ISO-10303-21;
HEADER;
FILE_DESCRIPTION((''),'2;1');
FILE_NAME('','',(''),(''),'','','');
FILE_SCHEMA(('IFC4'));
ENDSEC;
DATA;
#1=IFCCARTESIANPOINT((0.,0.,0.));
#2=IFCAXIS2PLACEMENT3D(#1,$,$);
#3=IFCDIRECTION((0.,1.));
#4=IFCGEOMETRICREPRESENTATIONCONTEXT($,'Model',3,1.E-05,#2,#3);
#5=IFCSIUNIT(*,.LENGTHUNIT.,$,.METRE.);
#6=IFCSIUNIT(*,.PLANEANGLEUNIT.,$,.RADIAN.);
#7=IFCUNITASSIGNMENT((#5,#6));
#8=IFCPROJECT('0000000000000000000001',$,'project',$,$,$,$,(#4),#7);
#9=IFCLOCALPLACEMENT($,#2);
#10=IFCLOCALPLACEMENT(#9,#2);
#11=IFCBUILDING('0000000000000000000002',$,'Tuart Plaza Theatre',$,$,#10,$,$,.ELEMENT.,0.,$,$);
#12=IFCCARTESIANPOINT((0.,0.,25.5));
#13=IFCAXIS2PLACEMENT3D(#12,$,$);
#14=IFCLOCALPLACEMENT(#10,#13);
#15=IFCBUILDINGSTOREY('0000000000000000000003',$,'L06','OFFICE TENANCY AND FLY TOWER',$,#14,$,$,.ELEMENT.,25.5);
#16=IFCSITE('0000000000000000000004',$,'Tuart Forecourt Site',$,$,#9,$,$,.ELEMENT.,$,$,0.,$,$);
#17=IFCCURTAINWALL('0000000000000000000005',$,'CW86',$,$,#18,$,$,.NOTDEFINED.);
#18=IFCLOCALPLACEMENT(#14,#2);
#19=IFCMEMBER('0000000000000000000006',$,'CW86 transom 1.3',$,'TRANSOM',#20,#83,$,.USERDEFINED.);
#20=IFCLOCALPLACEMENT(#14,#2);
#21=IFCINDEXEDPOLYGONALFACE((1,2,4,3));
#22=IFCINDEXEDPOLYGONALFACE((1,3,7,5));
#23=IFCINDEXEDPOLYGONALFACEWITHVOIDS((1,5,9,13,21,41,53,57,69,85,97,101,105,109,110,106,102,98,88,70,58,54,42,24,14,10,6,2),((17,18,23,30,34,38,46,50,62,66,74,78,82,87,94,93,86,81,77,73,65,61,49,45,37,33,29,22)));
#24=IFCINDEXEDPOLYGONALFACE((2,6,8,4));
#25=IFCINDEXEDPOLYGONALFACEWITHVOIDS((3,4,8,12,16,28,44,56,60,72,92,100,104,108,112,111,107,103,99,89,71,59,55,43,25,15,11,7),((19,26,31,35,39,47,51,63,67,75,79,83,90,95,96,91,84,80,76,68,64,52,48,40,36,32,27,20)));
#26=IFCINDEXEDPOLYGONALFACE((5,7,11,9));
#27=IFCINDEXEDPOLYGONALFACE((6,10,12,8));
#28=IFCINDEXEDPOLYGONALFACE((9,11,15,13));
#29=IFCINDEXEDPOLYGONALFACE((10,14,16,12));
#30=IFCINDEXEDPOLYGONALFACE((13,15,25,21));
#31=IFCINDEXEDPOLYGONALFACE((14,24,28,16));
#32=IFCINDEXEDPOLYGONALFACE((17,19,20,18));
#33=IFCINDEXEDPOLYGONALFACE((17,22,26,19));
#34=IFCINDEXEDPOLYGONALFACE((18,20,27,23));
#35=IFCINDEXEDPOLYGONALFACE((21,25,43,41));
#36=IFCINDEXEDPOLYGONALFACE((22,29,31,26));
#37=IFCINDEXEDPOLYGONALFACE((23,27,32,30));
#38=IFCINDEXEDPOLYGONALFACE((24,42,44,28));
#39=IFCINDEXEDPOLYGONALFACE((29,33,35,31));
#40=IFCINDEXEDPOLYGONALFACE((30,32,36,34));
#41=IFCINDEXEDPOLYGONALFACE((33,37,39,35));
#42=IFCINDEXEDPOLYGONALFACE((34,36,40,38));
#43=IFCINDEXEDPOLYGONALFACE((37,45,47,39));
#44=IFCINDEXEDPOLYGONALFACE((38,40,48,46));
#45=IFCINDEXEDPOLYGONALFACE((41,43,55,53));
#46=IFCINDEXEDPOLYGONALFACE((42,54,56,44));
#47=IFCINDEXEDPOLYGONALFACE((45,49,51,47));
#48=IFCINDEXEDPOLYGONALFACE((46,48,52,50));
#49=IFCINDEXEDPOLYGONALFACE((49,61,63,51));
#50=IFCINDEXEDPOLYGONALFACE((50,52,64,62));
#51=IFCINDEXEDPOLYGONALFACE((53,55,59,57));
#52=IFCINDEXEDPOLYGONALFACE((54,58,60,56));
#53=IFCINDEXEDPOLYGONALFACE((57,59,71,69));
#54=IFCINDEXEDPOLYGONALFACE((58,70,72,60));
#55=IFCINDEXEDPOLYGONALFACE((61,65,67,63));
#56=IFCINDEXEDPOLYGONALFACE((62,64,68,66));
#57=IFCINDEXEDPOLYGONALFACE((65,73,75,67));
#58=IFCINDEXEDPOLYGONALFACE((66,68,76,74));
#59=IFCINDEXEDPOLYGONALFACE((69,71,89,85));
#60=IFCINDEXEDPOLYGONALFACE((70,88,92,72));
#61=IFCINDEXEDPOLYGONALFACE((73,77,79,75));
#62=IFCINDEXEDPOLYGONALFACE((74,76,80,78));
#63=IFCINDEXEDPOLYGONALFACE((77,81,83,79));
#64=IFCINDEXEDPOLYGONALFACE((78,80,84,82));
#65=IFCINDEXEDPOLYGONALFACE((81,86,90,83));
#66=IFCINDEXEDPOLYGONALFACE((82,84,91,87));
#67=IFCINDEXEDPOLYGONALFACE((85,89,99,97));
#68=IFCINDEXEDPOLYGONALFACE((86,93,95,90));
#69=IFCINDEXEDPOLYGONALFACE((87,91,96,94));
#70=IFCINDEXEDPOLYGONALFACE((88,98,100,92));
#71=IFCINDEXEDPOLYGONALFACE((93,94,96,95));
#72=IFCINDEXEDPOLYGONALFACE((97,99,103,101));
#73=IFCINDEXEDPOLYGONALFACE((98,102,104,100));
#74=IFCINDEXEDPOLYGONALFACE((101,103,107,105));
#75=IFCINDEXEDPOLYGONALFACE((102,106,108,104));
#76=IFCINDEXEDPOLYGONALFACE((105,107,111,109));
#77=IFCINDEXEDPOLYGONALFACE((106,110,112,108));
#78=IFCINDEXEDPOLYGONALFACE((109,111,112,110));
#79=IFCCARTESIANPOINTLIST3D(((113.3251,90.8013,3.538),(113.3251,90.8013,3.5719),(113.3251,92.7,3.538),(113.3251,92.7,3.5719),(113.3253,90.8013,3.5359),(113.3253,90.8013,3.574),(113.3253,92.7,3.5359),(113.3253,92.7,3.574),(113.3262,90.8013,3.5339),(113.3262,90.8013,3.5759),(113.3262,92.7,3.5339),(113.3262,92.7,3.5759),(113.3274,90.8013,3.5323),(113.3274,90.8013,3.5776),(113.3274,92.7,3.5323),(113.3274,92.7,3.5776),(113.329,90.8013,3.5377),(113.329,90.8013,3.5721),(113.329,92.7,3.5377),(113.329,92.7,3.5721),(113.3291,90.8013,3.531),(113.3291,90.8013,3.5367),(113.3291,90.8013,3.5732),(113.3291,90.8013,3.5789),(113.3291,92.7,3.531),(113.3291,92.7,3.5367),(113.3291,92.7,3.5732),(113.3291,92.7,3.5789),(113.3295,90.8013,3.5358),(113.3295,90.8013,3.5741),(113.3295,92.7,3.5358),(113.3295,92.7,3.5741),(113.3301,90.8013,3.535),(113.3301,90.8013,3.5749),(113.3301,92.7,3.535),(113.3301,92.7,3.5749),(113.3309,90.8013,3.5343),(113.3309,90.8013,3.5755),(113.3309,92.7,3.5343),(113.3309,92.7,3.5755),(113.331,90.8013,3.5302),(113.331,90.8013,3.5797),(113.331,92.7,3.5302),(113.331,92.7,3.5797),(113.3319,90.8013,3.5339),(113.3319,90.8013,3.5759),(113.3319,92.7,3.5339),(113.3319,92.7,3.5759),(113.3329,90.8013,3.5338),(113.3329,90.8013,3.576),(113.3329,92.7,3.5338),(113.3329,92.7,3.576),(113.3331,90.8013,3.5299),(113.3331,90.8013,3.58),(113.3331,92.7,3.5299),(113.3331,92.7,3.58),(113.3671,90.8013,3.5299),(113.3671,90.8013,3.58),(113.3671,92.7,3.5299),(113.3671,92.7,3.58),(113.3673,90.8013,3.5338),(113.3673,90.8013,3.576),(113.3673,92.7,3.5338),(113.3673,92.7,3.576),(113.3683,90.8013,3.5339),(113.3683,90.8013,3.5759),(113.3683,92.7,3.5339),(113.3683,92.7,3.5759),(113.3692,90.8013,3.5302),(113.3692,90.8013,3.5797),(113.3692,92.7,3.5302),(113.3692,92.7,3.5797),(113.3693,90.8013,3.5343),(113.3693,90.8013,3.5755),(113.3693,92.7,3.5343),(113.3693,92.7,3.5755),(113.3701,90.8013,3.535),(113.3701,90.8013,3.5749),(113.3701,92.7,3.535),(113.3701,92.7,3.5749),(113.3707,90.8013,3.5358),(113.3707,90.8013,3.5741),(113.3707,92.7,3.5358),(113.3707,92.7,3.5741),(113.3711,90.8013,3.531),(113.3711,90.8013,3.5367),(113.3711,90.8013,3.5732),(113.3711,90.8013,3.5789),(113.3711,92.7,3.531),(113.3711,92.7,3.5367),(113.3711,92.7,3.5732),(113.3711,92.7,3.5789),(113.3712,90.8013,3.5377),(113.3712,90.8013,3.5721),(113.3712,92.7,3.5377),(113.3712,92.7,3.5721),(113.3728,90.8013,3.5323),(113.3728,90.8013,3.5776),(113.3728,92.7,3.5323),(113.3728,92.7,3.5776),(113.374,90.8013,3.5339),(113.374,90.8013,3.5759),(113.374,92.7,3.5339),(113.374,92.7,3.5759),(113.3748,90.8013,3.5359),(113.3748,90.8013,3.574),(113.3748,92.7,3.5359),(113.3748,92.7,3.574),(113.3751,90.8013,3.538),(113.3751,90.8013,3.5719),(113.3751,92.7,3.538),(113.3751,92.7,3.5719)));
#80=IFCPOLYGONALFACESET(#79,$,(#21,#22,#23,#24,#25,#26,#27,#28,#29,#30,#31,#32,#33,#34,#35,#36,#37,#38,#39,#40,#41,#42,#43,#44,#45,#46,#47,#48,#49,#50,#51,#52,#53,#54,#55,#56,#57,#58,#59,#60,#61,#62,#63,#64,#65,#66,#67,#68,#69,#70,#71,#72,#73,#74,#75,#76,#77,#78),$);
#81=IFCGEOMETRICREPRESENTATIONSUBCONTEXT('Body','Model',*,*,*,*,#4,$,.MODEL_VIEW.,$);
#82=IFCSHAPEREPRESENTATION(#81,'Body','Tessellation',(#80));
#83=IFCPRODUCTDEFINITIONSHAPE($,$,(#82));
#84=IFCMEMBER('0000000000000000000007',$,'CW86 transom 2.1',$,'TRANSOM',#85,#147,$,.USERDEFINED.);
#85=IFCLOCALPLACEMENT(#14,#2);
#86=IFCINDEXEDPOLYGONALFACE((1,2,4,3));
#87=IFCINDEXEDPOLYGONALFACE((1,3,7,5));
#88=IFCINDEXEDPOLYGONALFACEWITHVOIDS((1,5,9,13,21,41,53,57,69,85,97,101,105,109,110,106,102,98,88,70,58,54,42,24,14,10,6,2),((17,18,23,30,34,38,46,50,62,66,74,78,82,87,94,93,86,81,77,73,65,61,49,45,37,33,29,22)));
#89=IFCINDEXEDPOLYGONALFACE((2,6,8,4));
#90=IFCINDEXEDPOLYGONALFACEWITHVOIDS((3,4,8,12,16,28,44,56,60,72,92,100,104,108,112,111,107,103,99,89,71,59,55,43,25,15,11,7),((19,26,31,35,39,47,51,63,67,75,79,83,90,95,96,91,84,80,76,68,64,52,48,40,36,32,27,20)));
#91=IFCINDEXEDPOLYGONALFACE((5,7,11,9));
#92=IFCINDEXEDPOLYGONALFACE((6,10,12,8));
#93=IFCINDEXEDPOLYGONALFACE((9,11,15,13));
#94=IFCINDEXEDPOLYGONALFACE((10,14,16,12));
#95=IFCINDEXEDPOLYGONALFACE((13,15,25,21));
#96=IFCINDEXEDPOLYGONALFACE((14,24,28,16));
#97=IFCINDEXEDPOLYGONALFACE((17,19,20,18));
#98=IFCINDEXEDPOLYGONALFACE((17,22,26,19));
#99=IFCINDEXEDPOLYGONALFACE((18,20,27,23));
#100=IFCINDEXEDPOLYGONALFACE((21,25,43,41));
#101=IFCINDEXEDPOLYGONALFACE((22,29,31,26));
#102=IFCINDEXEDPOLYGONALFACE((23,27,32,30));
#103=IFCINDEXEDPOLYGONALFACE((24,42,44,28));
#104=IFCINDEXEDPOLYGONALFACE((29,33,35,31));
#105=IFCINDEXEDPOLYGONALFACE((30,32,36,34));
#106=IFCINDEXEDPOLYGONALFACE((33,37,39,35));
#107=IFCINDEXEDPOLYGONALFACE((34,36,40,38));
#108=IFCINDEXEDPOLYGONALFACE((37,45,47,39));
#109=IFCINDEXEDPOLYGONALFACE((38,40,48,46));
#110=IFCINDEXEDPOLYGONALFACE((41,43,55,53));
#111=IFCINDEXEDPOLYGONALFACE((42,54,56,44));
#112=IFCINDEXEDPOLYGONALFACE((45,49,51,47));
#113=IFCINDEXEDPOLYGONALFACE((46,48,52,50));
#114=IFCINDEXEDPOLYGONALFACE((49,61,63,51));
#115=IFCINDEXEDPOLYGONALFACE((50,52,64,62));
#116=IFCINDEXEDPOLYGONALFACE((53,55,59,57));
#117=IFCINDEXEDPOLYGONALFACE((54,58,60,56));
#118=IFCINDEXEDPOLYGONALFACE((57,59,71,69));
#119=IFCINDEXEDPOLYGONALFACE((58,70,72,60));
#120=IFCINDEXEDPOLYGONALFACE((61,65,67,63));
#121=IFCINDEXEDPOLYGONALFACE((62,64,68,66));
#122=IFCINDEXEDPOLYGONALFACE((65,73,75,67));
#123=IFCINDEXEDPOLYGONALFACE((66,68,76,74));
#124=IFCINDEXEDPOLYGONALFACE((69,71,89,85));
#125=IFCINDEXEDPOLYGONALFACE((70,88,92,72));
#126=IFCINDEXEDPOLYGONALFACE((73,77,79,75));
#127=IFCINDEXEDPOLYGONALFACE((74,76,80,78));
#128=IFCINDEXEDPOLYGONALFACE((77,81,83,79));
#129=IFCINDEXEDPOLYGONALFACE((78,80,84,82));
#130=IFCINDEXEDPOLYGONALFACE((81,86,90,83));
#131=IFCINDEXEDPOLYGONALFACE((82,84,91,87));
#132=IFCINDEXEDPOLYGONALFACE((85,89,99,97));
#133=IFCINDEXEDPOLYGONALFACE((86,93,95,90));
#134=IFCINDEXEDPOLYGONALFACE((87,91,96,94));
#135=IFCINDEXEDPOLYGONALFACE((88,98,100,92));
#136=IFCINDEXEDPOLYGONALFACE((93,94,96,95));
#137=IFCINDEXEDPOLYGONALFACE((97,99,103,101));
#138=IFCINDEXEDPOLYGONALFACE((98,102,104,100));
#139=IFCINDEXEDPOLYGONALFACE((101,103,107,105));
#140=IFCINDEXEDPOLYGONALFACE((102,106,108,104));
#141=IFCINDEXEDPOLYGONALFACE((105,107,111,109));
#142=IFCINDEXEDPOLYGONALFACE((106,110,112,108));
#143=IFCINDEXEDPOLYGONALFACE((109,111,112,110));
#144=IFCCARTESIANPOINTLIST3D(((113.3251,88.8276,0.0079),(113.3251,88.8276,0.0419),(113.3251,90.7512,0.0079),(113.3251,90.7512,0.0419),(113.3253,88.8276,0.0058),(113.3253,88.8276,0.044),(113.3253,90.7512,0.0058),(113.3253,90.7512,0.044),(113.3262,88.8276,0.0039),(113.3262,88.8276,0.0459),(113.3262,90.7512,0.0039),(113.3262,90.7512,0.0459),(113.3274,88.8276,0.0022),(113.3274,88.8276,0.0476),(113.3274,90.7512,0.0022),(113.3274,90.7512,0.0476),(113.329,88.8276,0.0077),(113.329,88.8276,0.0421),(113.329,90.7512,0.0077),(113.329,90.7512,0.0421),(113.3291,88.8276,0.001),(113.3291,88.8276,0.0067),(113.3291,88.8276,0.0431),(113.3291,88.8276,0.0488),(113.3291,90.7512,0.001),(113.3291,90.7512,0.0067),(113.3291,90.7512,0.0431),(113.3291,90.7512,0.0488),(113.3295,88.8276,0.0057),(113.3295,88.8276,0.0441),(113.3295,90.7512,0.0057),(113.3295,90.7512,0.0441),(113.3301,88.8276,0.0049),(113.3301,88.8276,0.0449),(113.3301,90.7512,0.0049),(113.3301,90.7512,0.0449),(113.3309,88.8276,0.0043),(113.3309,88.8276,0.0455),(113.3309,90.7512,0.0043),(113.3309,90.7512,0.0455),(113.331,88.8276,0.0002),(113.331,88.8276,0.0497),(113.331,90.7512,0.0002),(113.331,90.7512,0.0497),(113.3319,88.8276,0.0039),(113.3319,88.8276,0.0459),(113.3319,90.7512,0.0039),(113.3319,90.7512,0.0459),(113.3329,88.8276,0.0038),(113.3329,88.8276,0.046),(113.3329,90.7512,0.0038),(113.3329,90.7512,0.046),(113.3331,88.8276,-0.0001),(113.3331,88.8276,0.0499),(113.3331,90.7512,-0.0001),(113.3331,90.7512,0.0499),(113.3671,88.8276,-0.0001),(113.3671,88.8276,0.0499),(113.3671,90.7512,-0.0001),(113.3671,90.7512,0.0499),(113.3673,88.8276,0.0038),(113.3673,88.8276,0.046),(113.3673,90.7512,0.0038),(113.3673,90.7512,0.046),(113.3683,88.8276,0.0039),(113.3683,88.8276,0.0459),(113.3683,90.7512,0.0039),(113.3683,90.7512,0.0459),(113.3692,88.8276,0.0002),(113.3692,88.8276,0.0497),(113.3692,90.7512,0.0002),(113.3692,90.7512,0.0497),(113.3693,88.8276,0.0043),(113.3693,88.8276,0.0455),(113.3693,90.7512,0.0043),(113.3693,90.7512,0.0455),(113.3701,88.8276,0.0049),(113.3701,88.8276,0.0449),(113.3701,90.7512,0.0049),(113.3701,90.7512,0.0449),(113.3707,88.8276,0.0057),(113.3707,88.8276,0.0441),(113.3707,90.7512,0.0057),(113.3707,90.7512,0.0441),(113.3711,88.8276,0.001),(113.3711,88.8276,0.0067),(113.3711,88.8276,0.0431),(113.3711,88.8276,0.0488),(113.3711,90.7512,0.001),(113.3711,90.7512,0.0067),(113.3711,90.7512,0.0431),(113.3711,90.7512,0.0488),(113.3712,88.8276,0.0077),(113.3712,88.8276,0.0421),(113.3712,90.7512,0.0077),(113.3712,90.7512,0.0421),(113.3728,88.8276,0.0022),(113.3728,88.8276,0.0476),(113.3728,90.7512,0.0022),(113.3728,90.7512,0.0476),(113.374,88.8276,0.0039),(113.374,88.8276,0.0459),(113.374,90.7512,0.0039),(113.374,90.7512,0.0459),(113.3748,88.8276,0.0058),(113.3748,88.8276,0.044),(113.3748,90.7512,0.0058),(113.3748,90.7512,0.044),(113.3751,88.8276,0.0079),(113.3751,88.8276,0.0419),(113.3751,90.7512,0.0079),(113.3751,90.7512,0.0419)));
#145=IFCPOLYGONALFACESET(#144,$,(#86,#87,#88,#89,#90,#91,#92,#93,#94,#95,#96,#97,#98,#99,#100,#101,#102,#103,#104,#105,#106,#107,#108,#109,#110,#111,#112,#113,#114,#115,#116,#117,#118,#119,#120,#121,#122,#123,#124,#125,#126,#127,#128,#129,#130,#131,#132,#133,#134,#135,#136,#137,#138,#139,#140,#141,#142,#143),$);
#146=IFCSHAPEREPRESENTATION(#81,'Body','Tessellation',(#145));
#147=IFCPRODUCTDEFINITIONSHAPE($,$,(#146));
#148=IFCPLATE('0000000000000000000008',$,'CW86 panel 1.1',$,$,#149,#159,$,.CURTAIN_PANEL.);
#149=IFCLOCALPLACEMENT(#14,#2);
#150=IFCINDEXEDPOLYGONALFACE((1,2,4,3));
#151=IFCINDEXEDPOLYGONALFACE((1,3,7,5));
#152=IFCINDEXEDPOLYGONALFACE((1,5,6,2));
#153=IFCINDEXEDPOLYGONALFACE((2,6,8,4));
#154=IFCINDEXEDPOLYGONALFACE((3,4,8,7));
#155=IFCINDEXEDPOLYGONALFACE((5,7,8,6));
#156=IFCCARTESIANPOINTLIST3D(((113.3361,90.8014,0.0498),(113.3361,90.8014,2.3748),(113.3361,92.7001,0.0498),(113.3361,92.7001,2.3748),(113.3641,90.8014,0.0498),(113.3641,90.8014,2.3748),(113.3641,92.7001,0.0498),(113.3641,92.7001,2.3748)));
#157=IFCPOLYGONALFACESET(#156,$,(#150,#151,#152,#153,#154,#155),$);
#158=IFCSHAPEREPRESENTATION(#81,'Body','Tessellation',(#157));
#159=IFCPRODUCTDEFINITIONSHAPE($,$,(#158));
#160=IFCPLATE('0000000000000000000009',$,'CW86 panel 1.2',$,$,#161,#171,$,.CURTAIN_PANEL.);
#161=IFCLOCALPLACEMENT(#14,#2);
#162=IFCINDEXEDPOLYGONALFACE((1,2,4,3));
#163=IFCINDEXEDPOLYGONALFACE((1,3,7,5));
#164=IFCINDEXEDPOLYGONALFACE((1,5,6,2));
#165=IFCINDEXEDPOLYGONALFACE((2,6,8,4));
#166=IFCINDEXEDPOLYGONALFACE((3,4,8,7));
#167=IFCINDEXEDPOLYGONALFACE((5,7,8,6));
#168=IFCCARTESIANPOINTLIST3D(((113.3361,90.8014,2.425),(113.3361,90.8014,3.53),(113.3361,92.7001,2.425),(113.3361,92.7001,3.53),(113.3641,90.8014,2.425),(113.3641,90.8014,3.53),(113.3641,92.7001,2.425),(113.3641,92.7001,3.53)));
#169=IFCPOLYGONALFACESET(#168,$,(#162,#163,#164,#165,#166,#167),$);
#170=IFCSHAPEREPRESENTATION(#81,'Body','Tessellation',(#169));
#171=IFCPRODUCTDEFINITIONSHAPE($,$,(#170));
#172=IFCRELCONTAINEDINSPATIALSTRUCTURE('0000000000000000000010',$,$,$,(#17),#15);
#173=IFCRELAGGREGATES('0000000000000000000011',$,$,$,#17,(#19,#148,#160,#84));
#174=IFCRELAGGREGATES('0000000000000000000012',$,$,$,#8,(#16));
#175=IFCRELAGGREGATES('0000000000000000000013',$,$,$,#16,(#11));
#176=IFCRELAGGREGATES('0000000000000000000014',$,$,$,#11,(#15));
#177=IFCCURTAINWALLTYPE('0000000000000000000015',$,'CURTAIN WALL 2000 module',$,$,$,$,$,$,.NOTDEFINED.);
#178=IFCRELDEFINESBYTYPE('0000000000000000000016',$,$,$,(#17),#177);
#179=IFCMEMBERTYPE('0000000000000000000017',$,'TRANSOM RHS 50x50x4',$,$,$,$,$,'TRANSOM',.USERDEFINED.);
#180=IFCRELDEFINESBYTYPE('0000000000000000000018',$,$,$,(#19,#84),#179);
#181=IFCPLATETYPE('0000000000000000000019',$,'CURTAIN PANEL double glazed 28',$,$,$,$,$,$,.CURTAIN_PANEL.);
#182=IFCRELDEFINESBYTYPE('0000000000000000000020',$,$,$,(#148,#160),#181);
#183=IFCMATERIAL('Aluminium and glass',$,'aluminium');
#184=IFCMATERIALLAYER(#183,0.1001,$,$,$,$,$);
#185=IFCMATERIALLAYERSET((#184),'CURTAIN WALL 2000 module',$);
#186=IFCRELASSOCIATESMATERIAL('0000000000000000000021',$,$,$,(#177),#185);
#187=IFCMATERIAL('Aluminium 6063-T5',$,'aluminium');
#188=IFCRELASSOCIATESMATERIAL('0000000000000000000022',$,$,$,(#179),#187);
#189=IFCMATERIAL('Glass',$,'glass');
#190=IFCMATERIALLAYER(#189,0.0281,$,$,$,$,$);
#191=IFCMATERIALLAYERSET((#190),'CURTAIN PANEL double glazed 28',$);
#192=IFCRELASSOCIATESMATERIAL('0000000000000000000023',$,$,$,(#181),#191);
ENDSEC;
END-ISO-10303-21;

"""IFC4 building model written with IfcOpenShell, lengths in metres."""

from ifc_helpers import new_model, si_unit, direction, frame, origin, origin_2d, place, context, subcontext, project, spatial, rectangle, hollow_rectangle, extrude, material, layer, layer_set, material_profile, profile_set, type_object, element, aggregate, save


model = new_model("IFC4")

# Units and contexts
model_context = context("Model", 3, precision=1e-05, world=origin(), true_north=direction((0.0, 1.0)))
body_context = subcontext(model_context, "Body", "Model", "MODEL_VIEW")
ifc_project = project(units=[si_unit("LENGTHUNIT", "METRE"), si_unit("PLANEANGLEUNIT", "RADIAN")], contexts=[model_context])

# Site, building, storey
site_placement = place(None, origin())
site = spatial("IfcSite", under=ifc_project, at=site_placement, Name="Tuart Forecourt Site", CompositionType="ELEMENT", RefElevation=0.0)
building_placement = place(site_placement, origin())
building = spatial("IfcBuilding", under=site, at=building_placement, Name="Tuart Plaza Theatre", CompositionType="ELEMENT", ElevationOfRefHeight=0.0)
storey_placement = place(building_placement, frame((0.0, 0.0, 25.5)))
storey = spatial("IfcBuildingStorey", under=building, at=storey_placement, Name="L06", Description="OFFICE TENANCY AND FLY TOWER", CompositionType="ELEMENT", Elevation=25.5)

# Curtain wall, members, plates
ifc_material_1 = material(Name="Aluminium and glass", Category="aluminium")
ifc_layer_1 = layer(ifc_material_1, 0.1001)
ifc_layer_set_1 = layer_set([ifc_layer_1], Name="CURTAIN WALL 2000 module")
curtain_wall_type = type_object("IfcCurtainWallType", Name="CURTAIN WALL 2000 module", PredefinedType="NOTDEFINED", material=ifc_layer_set_1)
curtain_wall_placement = place(storey_placement, origin())
curtain_wall = element("IfcCurtainWall", 1, at=curtain_wall_placement, inside=storey, type_object=curtain_wall_type, Name="CW86", PredefinedType="NOTDEFINED")
ifc_material_2 = material(Name="Aluminium 6063-T5", Category="aluminium")
ifc_material_profile_1 = material_profile(ifc_material_2, hollow_rectangle(XDim=0.05, YDim=0.05, WallThickness=0.0039, InnerFilletRadius=0.0039, OuterFilletRadius=0.0081, at=origin_2d()), Name="RHS 50x50x4")
ifc_profile_set_1 = profile_set([ifc_material_profile_1], Name="Aluminium 6063-T5")
member_type_1 = type_object("IfcMemberType", Name="TRANSOM RHS 50x50x4", ElementType="TRANSOM", PredefinedType="USERDEFINED", material=ifc_profile_set_1)
member_1_placement = place(storey_placement, frame((113.3501, 92.7, 3.5549), z_axis=(0.0, -1.0, 0.0), x_axis=(1.0, 0.0, 0.0)))
member_1 = element("IfcMember", 2, at=member_1_placement, type_object=member_type_1, Name="CW86 transom 1.3", ObjectType="TRANSOM", PredefinedType="USERDEFINED", context=body_context, shape_type="SweptSolid", body=[
    extrude(hollow_rectangle(XDim=0.05, YDim=0.05, WallThickness=0.0039, InnerFilletRadius=0.0039, OuterFilletRadius=0.0081, at=origin_2d()), origin(), (0.0, 0.0, 1.0), 1.8987),
])
member_2_placement = place(storey_placement, frame((113.3501, 90.7512, 0.0249), z_axis=(0.0, -1.0, 0.0), x_axis=(1.0, 0.0, 0.0)))
member_2 = element("IfcMember", 3, at=member_2_placement, type_object=member_type_1, Name="CW86 transom 2.1", ObjectType="TRANSOM", PredefinedType="USERDEFINED", context=body_context, shape_type="SweptSolid", body=[
    extrude(hollow_rectangle(XDim=0.05, YDim=0.05, WallThickness=0.0039, InnerFilletRadius=0.0039, OuterFilletRadius=0.0081, at=origin_2d()), origin(), (0.0, 0.0, 1.0), 1.9236),
])
ifc_material_3 = material(Name="Glass", Category="glass")
ifc_layer_2 = layer(ifc_material_3, 0.0281)
ifc_layer_set_2 = layer_set([ifc_layer_2], Name="CURTAIN PANEL double glazed 28")
plate_type = type_object("IfcPlateType", Name="CURTAIN PANEL double glazed 28", PredefinedType="CURTAIN_PANEL", material=ifc_layer_set_2)
plate_1_placement = place(storey_placement, frame((113.3501, 91.7507, 0.0498), z_axis=(0.0, 0.0, 1.0), x_axis=(0.0, -1.0, 0.0)))
plate_1 = element("IfcPlate", 4, at=plate_1_placement, type_object=plate_type, Name="CW86 panel 1.1", PredefinedType="CURTAIN_PANEL", context=body_context, shape_type="SweptSolid", body=[
    extrude(rectangle(XDim=1.8987, YDim=0.0281, at=origin_2d()), origin(), (0.0, 0.0, 1.0), 2.325),
])
plate_2_placement = place(storey_placement, frame((113.3501, 91.7507, 2.425), z_axis=(0.0, 0.0, 1.0), x_axis=(0.0, -1.0, 0.0)))
plate_2 = element("IfcPlate", 5, at=plate_2_placement, type_object=plate_type, Name="CW86 panel 1.2", PredefinedType="CURTAIN_PANEL", context=body_context, shape_type="SweptSolid", body=[
    extrude(rectangle(XDim=1.8987, YDim=0.0281, at=origin_2d()), origin(), (0.0, 0.0, 1.0), 1.105),
])
aggregate(curtain_wall, [member_1, plate_1, plate_2, member_2])

save(model, "model.ifc")
